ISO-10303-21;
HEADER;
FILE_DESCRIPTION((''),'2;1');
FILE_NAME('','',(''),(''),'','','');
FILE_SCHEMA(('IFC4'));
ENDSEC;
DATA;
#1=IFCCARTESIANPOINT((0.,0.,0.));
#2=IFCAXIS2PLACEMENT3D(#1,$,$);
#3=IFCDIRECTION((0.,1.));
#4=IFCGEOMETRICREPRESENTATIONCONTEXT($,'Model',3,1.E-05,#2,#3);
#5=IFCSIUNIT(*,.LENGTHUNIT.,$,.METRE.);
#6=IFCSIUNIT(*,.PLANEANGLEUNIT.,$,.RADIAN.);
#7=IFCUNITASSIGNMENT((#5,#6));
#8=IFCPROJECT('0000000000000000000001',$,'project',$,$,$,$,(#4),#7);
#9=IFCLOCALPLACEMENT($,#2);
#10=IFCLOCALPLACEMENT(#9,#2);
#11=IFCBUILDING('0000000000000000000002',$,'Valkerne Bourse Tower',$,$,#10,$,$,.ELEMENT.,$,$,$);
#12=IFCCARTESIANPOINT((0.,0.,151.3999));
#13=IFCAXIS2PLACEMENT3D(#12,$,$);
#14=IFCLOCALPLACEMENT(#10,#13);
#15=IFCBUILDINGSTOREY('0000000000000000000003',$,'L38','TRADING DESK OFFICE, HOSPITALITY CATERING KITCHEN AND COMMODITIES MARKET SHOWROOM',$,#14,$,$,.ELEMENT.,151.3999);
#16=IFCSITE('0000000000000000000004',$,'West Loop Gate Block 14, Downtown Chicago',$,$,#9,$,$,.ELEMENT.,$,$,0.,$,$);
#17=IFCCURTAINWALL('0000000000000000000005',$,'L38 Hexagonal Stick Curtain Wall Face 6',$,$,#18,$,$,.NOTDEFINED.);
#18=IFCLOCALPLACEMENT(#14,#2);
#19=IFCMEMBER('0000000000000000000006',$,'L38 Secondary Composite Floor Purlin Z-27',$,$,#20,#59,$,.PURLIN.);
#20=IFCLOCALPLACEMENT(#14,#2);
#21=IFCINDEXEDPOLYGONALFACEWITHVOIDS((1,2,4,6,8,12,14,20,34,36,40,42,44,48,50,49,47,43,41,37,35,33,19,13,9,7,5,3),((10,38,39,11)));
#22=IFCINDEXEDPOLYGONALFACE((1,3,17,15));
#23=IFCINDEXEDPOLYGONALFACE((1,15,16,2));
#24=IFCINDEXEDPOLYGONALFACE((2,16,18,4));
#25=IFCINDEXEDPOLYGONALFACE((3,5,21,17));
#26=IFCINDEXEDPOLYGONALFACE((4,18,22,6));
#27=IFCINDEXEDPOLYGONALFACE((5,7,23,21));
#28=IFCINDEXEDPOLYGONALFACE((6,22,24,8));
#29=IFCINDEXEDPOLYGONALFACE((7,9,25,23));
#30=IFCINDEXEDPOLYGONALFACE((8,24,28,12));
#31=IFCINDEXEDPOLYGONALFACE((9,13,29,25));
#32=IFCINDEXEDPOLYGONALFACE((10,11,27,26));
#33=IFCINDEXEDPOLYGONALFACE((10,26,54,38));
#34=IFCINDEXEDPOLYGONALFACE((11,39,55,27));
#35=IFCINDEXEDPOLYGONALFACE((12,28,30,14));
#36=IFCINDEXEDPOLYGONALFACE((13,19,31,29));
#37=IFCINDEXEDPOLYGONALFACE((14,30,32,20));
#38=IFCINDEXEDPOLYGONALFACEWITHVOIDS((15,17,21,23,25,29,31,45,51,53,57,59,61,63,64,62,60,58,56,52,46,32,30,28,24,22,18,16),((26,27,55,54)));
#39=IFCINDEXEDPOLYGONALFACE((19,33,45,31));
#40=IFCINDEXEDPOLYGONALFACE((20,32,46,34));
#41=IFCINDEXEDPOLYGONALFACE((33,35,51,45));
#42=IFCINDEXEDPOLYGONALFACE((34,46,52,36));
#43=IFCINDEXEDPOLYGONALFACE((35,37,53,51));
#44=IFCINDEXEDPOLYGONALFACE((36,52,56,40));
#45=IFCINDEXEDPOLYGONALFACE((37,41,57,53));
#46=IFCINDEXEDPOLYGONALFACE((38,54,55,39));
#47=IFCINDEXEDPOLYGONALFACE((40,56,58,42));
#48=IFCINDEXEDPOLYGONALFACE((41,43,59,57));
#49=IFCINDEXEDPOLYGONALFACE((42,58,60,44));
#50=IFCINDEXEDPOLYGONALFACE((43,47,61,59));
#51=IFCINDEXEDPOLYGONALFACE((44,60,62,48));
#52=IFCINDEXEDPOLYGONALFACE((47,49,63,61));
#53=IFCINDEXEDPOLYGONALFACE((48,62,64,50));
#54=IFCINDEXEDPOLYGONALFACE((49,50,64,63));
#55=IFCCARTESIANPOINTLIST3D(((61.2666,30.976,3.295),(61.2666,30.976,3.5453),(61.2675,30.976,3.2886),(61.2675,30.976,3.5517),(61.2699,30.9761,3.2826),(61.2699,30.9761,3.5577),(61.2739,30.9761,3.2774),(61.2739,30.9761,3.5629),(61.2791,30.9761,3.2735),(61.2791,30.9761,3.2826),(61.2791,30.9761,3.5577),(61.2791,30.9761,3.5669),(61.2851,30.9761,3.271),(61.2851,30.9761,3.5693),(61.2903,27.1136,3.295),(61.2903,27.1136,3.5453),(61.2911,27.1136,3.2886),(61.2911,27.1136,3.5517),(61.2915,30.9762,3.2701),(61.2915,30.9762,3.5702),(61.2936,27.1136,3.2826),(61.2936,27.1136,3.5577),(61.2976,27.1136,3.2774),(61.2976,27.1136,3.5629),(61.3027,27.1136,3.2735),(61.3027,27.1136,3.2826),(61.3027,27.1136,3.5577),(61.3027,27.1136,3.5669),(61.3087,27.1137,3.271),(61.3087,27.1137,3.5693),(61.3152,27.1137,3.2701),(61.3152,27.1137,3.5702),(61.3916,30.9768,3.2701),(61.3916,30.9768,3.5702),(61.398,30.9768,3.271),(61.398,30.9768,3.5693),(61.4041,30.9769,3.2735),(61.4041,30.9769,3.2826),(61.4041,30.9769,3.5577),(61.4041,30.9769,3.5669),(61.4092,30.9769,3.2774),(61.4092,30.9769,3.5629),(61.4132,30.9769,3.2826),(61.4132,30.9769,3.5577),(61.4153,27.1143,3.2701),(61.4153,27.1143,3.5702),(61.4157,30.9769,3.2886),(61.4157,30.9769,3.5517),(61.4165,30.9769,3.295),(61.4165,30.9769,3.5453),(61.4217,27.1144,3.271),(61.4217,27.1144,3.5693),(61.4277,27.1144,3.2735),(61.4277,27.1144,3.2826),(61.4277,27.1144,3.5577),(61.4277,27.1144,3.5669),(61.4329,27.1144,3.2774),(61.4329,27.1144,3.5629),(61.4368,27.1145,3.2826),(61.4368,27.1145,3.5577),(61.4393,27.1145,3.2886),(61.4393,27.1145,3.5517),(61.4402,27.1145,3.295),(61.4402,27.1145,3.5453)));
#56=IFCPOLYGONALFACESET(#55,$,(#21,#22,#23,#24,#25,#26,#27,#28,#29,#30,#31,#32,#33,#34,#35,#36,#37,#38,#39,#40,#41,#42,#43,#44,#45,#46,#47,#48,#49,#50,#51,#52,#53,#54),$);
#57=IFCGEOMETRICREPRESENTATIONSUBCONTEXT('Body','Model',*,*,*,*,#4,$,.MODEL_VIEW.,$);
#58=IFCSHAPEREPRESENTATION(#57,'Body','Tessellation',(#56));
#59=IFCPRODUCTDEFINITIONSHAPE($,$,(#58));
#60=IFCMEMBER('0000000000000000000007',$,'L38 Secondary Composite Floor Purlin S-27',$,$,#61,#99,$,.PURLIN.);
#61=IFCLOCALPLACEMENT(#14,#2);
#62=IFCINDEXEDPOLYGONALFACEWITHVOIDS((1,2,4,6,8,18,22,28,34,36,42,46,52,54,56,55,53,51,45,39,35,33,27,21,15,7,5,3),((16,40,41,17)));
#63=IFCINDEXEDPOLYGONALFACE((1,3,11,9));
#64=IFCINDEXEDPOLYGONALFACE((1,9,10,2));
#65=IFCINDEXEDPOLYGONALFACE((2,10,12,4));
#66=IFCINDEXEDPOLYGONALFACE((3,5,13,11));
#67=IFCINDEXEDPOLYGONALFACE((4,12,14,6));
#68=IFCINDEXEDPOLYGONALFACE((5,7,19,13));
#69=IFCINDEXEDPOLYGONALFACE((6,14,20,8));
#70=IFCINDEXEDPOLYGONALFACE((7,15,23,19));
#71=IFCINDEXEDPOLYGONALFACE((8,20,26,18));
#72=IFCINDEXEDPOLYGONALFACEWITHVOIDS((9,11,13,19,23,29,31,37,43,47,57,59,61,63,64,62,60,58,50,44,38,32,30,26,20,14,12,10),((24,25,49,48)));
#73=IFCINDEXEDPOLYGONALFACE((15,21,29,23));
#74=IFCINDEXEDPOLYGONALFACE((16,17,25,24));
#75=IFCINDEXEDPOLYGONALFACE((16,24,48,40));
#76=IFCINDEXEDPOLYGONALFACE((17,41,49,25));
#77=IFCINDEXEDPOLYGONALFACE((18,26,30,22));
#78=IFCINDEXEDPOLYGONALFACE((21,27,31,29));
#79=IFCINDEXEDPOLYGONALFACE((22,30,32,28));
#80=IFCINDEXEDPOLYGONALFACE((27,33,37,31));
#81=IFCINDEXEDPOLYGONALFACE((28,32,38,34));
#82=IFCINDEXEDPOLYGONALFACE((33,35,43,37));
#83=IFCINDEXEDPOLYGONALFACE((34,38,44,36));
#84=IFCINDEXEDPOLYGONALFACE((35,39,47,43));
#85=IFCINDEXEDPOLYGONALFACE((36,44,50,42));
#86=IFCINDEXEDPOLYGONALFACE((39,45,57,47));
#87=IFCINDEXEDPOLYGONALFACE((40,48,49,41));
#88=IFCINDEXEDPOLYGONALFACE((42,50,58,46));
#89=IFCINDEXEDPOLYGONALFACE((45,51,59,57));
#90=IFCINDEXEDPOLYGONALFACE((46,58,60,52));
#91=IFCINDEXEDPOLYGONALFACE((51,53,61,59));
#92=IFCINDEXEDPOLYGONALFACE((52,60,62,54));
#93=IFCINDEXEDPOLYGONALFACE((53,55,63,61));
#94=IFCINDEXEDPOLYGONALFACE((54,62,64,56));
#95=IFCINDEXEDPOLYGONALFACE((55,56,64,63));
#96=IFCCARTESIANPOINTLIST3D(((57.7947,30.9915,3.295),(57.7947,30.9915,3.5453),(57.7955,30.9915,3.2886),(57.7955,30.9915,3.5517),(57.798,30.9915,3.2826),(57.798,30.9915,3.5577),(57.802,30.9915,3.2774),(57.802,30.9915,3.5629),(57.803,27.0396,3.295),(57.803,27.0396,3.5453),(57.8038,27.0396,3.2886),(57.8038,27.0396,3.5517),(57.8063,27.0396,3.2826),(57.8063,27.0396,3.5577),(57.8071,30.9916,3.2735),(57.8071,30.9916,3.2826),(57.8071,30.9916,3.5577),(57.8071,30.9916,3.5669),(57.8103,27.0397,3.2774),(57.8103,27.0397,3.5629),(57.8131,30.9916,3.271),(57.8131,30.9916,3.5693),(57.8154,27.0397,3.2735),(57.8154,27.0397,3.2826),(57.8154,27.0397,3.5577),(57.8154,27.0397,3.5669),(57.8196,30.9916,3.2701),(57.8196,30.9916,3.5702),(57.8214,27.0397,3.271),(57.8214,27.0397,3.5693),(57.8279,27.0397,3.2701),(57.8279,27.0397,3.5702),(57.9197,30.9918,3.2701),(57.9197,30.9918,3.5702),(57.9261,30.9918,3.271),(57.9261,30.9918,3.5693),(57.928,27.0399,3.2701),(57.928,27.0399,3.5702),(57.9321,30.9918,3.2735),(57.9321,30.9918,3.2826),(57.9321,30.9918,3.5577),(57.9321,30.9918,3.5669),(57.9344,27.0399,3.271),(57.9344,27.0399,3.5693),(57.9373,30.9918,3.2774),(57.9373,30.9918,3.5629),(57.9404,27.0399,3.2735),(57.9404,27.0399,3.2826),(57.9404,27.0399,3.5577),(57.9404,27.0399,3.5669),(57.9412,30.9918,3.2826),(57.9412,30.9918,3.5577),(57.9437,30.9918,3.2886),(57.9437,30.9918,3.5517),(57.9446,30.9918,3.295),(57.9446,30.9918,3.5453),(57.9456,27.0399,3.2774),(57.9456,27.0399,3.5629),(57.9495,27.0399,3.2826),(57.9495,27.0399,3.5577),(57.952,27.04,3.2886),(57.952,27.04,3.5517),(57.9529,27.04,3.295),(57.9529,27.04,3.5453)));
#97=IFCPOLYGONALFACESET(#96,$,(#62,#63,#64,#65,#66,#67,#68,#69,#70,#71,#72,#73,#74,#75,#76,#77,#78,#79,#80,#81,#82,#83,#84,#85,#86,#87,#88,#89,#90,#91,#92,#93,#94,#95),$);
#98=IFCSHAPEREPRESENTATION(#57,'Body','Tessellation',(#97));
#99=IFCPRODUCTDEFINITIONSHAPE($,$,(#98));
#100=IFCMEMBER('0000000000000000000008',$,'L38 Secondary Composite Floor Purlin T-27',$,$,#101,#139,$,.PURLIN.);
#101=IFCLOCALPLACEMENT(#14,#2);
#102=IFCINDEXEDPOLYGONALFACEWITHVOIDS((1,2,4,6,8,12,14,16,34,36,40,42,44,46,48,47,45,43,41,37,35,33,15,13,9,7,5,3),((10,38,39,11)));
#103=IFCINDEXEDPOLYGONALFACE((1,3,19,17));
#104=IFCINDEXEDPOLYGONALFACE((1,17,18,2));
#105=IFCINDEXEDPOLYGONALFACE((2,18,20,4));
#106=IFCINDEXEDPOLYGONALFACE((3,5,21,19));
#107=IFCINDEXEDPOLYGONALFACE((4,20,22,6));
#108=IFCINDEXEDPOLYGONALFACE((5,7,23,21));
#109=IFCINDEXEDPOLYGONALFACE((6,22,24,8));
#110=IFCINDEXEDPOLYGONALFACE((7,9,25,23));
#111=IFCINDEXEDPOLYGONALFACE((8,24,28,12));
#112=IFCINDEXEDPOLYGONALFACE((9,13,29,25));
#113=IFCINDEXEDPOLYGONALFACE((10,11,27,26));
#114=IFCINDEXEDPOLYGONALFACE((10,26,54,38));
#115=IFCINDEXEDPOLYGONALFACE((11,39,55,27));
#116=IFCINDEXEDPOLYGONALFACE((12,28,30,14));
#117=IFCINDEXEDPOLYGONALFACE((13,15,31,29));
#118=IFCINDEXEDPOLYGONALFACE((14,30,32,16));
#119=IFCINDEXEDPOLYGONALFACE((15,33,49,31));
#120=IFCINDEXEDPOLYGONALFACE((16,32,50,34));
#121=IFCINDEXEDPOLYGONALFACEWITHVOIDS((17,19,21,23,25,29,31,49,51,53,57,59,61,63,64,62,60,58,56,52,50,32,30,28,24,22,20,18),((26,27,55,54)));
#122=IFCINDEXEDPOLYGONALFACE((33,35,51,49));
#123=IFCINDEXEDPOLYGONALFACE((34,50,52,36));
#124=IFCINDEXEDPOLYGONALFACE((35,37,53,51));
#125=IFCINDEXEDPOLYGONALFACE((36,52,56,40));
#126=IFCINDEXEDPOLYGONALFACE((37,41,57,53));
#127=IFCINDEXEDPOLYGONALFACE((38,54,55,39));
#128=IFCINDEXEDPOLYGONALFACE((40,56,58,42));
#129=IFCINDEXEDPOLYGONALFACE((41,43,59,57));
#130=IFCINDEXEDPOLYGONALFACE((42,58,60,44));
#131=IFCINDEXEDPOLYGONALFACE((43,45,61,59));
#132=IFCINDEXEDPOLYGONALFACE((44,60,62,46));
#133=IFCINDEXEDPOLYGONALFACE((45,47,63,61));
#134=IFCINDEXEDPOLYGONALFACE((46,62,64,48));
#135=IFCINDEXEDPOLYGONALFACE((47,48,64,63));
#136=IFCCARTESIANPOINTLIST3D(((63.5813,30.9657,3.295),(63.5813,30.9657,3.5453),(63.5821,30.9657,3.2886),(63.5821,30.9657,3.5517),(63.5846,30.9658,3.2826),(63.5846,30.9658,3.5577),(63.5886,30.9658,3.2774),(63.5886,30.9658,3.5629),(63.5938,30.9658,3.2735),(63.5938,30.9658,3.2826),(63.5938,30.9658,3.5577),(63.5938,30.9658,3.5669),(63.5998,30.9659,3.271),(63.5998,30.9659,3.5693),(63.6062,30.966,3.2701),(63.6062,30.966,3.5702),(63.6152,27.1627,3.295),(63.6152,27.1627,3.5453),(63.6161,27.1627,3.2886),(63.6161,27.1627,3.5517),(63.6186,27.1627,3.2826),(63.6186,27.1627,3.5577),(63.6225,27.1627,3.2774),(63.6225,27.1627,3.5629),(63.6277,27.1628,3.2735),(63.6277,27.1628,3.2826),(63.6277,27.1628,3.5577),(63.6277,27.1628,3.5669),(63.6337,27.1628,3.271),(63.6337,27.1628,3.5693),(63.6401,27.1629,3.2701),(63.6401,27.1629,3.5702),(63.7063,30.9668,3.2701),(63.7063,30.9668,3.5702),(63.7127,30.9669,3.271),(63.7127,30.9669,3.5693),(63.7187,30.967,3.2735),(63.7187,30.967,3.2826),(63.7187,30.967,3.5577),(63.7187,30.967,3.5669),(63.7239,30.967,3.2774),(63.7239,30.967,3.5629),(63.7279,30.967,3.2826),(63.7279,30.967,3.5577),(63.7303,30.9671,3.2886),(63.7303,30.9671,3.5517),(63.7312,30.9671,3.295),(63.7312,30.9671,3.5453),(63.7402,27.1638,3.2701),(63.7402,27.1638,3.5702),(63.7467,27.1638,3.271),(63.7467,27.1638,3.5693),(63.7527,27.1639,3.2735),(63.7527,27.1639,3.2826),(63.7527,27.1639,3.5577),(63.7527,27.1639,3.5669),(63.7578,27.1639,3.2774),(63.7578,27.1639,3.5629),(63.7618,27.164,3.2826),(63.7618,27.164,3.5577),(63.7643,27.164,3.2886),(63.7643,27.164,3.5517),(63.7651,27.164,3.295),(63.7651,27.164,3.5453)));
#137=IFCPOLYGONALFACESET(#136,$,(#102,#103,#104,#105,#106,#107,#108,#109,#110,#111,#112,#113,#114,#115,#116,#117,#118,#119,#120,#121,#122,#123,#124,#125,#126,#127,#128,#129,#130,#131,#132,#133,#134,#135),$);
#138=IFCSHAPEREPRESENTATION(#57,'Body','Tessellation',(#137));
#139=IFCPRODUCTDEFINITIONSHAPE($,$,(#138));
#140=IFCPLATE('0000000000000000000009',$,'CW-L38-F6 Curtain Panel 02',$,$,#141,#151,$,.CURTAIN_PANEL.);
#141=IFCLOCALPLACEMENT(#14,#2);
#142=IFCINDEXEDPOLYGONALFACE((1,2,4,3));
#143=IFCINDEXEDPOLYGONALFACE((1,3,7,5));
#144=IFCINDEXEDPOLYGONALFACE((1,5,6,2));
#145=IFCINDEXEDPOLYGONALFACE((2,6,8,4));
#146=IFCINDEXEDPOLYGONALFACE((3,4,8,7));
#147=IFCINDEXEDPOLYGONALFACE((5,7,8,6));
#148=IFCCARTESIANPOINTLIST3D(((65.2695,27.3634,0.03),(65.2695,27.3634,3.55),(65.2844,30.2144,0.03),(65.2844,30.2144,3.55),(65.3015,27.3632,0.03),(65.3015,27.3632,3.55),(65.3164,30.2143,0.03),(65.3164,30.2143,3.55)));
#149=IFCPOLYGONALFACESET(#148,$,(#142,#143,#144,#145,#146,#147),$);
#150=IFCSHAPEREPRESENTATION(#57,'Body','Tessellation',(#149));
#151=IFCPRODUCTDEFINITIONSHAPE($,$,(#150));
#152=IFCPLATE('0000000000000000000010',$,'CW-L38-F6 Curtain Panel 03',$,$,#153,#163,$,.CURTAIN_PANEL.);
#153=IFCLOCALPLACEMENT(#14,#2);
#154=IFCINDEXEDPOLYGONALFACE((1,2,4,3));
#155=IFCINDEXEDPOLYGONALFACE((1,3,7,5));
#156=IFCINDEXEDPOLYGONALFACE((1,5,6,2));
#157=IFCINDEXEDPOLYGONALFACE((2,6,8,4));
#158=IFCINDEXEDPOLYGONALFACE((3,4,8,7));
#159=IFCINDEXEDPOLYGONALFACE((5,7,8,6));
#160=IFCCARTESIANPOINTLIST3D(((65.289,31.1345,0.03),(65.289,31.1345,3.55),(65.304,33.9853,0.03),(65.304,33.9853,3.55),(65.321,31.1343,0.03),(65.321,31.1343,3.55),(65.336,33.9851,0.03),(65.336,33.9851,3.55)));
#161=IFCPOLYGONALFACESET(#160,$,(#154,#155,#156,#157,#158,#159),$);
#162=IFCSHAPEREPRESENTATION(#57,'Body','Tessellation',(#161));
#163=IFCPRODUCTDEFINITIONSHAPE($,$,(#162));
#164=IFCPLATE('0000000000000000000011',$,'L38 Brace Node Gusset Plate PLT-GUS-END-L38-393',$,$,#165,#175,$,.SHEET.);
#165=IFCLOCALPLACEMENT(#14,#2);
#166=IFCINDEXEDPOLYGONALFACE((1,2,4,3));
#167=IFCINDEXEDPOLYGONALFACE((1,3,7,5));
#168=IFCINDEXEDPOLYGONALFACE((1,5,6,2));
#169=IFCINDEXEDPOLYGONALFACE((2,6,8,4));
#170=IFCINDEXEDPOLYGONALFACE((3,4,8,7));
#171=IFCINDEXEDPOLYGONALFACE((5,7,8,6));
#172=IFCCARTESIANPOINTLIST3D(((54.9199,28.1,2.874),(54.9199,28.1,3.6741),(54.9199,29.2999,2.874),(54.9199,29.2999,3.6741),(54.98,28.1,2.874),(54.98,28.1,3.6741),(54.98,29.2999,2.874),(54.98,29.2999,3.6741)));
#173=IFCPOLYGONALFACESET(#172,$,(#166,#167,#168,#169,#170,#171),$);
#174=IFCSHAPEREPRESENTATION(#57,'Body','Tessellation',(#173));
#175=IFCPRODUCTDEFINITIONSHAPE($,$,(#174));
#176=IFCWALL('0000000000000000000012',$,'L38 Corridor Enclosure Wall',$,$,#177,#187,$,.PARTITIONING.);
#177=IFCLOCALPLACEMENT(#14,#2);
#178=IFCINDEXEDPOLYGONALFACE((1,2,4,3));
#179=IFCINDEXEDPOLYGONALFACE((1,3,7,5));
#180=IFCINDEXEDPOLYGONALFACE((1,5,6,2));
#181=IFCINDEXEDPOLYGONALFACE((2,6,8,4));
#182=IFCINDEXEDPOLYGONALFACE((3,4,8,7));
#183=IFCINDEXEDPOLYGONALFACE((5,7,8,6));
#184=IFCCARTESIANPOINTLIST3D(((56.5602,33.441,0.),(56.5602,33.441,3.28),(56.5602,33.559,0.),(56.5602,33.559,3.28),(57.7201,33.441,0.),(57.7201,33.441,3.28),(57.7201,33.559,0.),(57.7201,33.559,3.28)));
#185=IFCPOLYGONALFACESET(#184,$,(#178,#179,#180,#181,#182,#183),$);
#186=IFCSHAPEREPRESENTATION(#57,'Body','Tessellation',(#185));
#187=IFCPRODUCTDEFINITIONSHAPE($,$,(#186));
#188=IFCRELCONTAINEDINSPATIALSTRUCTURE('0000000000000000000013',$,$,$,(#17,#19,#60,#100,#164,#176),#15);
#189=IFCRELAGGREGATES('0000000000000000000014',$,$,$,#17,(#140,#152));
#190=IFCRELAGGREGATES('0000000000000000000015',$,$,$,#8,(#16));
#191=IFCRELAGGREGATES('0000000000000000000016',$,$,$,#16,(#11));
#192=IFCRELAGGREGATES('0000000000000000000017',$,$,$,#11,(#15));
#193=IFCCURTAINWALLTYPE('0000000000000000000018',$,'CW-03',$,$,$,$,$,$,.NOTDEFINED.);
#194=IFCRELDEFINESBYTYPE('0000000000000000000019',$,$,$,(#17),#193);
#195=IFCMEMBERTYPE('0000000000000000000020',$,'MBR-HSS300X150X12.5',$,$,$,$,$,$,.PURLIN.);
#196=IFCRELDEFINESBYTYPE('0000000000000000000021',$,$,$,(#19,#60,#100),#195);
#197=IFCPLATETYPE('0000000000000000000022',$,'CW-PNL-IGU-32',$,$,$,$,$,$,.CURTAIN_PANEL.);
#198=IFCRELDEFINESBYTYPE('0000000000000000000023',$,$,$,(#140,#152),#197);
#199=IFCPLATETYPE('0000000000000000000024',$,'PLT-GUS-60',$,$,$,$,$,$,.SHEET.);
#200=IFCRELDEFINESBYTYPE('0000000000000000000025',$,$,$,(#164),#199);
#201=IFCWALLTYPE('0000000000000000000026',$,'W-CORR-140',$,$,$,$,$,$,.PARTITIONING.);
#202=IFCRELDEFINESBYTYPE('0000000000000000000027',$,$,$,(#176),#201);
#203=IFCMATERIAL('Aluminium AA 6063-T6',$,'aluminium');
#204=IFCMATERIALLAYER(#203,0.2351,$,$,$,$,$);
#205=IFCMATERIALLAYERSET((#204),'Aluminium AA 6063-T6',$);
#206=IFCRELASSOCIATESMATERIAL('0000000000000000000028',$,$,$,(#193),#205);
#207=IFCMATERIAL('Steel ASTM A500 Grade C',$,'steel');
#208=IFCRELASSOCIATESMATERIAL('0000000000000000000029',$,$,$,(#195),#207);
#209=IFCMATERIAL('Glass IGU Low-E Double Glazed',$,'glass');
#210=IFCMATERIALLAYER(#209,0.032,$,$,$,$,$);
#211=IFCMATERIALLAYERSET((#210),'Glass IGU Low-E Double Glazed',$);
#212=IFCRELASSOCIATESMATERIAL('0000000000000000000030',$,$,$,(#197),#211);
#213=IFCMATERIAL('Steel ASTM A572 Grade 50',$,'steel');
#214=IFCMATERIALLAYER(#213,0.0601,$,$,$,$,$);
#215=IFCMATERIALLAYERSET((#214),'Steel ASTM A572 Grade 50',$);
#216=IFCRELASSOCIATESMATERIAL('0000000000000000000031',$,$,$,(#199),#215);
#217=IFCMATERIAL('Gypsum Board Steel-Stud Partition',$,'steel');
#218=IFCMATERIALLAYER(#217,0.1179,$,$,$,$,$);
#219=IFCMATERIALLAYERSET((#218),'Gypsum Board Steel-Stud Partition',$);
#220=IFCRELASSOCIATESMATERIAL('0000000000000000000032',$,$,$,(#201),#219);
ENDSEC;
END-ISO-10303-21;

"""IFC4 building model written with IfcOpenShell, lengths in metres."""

from ifc_helpers import new_model, si_unit, direction, frame, frame_2d, origin, origin_2d, place, context, subcontext, project, spatial, rectangle, hollow_rectangle, extrude, material, layer, layer_set, material_profile, profile_set, type_object, element, aggregate, save


model = new_model("IFC4")

# Units and contexts
model_context = context("Model", 3, precision=1e-05, world=origin(), true_north=direction((0.0, 1.0)))
body_context = subcontext(model_context, "Body", "Model", "MODEL_VIEW")
ifc_project = project(units=[si_unit("LENGTHUNIT", "METRE"), si_unit("PLANEANGLEUNIT", "RADIAN")], contexts=[model_context])

# Site, building, storey
site_placement = place(None, origin())
site = spatial("IfcSite", under=ifc_project, at=site_placement, Name="West Loop Gate Block 14, Downtown Chicago", CompositionType="ELEMENT", RefElevation=0.0)
building_placement = place(site_placement, origin())
building = spatial("IfcBuilding", under=site, at=building_placement, Name="Valkerne Bourse Tower", CompositionType="ELEMENT")
storey_placement = place(building_placement, frame((0.0, 0.0, 151.3999)))
storey = spatial("IfcBuildingStorey", under=building, at=storey_placement, Name="L38", Description="TRADING DESK OFFICE, HOSPITALITY CATERING KITCHEN AND COMMODITIES MARKET SHOWROOM", CompositionType="ELEMENT", Elevation=151.3999)

# Curtain wall
ifc_material_1 = material(Name="Aluminium AA 6063-T6", Category="aluminium")
ifc_layer_1 = layer(ifc_material_1, 0.2351)
ifc_layer_set_1 = layer_set([ifc_layer_1], Name="Aluminium AA 6063-T6")
curtain_wall_type = type_object("IfcCurtainWallType", Name="CW-03", PredefinedType="NOTDEFINED", material=ifc_layer_set_1)
curtain_wall_placement = place(storey_placement, origin())
curtain_wall = element("IfcCurtainWall", 1, at=curtain_wall_placement, inside=storey, type_object=curtain_wall_type, Name="L38 Hexagonal Stick Curtain Wall Face 6", PredefinedType="NOTDEFINED")

# Members
ifc_material_2 = material(Name="Steel ASTM A500 Grade C", Category="steel")
ifc_material_profile_1 = material_profile(ifc_material_2, hollow_rectangle(XDim=0.1499, YDim=0.3, WallThickness=0.0125, OuterFilletRadius=0.0249, at=origin_2d()), Name="HSS300X150X12.5")
ifc_profile_set_1 = profile_set([ifc_material_profile_1], Name="Steel ASTM A500 Grade C")
member_type_1 = type_object("IfcMemberType", Name="MBR-HSS300X150X12.5", PredefinedType="PURLIN", material=ifc_profile_set_1)
member_1_placement = place(storey_placement, frame((61.3652, 27.114, 3.4202), z_axis=(-0.006131, 0.999981, 0.0), x_axis=(-0.999981, -0.006131, 0.0)))
element("IfcMember", 2, at=member_1_placement, inside=storey, type_object=member_type_1, Name="L38 Secondary Composite Floor Purlin Z-27", PredefinedType="PURLIN", context=body_context, shape_type="SweptSolid", body=[
    extrude(hollow_rectangle(XDim=0.1499, YDim=0.3, WallThickness=0.0125, OuterFilletRadius=0.0249, at=origin_2d()), origin(), (0.0, 0.0, 1.0), 3.8625),
])
member_2_placement = place(storey_placement, frame((57.8779, 27.0398, 3.4202), z_axis=(-0.0021, 0.999998, 0.0), x_axis=(-0.999998, -0.0021, 0.0)))
element("IfcMember", 3, at=member_2_placement, inside=storey, type_object=member_type_1, Name="L38 Secondary Composite Floor Purlin S-27", PredefinedType="PURLIN", context=body_context, shape_type="SweptSolid", body=[
    extrude(hollow_rectangle(XDim=0.1499, YDim=0.3, WallThickness=0.0125, OuterFilletRadius=0.0249, at=origin_2d()), origin(), (0.0, 0.0, 1.0), 3.9519),
])
member_3_placement = place(storey_placement, frame((63.6902, 27.1633, 3.4202), z_axis=(-0.008923, 0.99996, 0.0), x_axis=(-0.99996, -0.008923, 0.0)))
element("IfcMember", 4, at=member_3_placement, inside=storey, type_object=member_type_1, Name="L38 Secondary Composite Floor Purlin T-27", PredefinedType="PURLIN", context=body_context, shape_type="SweptSolid", body=[
    extrude(hollow_rectangle(XDim=0.1499, YDim=0.3, WallThickness=0.0125, OuterFilletRadius=0.0249, at=origin_2d()), origin(), (0.0, 0.0, 1.0), 3.8032),
])

# Plates
ifc_material_3 = material(Name="Glass IGU Low-E Double Glazed", Category="glass")
ifc_layer_2 = layer(ifc_material_3, 0.032)
ifc_layer_set_2 = layer_set([ifc_layer_2], Name="Glass IGU Low-E Double Glazed")
plate_type_1 = type_object("IfcPlateType", Name="CW-PNL-IGU-32", PredefinedType="CURTAIN_PANEL", material=ifc_layer_set_2)
plate_1_placement = place(storey_placement, frame((65.293, 28.7888, 0.03), z_axis=(0.0, 0.0, 1.0), x_axis=(0.005224, 0.999986, 0.0)))
plate_1 = element("IfcPlate", 5, at=plate_1_placement, type_object=plate_type_1, Name="CW-L38-F6 Curtain Panel 02", PredefinedType="CURTAIN_PANEL", context=body_context, shape_type="SweptSolid", body=[
    extrude(rectangle(XDim=2.8511, YDim=0.032, at=origin_2d()), origin(), (0.0, 0.0, 1.0), 3.52),
])
plate_2_placement = place(storey_placement, frame((65.3125, 32.5598, 0.03), z_axis=(0.0, 0.0, 1.0), x_axis=(0.005251, 0.999986, 0.0)))
plate_2 = element("IfcPlate", 6, at=plate_2_placement, type_object=plate_type_1, Name="CW-L38-F6 Curtain Panel 03", PredefinedType="CURTAIN_PANEL", context=body_context, shape_type="SweptSolid", body=[
    extrude(rectangle(XDim=2.8508, YDim=0.032, at=origin_2d()), origin(), (0.0, 0.0, 1.0), 3.52),
])
aggregate(curtain_wall, [plate_1, plate_2])
ifc_material_4 = material(Name="Steel ASTM A572 Grade 50", Category="steel")
ifc_layer_3 = layer(ifc_material_4, 0.0601)
ifc_layer_set_3 = layer_set([ifc_layer_3], Name="Steel ASTM A572 Grade 50")
plate_type_2 = type_object("IfcPlateType", Name="PLT-GUS-60", PredefinedType="SHEET", material=ifc_layer_set_3)
plate_3_placement = place(storey_placement, frame((54.95, 28.7, 2.874), z_axis=(0.0, 0.0, 1.0), x_axis=(0.0, 1.0, 0.0)))
element("IfcPlate", 7, at=plate_3_placement, inside=storey, type_object=plate_type_2, Name="L38 Brace Node Gusset Plate PLT-GUS-END-L38-393", PredefinedType="SHEET", context=body_context, shape_type="SweptSolid", body=[
    extrude(rectangle(XDim=1.2, YDim=0.0601, at=origin_2d()), origin(), (0.0, 0.0, 1.0), 0.8),
])

# Wall
ifc_material_5 = material(Name="Gypsum Board Steel-Stud Partition", Category="steel")
ifc_layer_4 = layer(ifc_material_5, 0.1179)
ifc_layer_set_4 = layer_set([ifc_layer_4], Name="Gypsum Board Steel-Stud Partition")
wall_type_1 = type_object("IfcWallType", Name="W-CORR-140", PredefinedType="PARTITIONING", material=ifc_layer_set_4)
wall_1_placement = place(storey_placement, frame((56.5601, 33.5, 0.0), z_axis=(0.0, 0.0, 1.0), x_axis=(1.0, 0.0, 0.0)))
element("IfcWall", 8, at=wall_1_placement, inside=storey, type_object=wall_type_1, Name="L38 Corridor Enclosure Wall", PredefinedType="PARTITIONING", context=body_context, shape_type="SweptSolid", body=[
    extrude(rectangle(XDim=1.1599, YDim=0.1179, at=frame_2d((0.5801, 0.0))), origin(), (0.0, 0.0, 1.0), 3.28),
])

save(model, "model.ifc")
